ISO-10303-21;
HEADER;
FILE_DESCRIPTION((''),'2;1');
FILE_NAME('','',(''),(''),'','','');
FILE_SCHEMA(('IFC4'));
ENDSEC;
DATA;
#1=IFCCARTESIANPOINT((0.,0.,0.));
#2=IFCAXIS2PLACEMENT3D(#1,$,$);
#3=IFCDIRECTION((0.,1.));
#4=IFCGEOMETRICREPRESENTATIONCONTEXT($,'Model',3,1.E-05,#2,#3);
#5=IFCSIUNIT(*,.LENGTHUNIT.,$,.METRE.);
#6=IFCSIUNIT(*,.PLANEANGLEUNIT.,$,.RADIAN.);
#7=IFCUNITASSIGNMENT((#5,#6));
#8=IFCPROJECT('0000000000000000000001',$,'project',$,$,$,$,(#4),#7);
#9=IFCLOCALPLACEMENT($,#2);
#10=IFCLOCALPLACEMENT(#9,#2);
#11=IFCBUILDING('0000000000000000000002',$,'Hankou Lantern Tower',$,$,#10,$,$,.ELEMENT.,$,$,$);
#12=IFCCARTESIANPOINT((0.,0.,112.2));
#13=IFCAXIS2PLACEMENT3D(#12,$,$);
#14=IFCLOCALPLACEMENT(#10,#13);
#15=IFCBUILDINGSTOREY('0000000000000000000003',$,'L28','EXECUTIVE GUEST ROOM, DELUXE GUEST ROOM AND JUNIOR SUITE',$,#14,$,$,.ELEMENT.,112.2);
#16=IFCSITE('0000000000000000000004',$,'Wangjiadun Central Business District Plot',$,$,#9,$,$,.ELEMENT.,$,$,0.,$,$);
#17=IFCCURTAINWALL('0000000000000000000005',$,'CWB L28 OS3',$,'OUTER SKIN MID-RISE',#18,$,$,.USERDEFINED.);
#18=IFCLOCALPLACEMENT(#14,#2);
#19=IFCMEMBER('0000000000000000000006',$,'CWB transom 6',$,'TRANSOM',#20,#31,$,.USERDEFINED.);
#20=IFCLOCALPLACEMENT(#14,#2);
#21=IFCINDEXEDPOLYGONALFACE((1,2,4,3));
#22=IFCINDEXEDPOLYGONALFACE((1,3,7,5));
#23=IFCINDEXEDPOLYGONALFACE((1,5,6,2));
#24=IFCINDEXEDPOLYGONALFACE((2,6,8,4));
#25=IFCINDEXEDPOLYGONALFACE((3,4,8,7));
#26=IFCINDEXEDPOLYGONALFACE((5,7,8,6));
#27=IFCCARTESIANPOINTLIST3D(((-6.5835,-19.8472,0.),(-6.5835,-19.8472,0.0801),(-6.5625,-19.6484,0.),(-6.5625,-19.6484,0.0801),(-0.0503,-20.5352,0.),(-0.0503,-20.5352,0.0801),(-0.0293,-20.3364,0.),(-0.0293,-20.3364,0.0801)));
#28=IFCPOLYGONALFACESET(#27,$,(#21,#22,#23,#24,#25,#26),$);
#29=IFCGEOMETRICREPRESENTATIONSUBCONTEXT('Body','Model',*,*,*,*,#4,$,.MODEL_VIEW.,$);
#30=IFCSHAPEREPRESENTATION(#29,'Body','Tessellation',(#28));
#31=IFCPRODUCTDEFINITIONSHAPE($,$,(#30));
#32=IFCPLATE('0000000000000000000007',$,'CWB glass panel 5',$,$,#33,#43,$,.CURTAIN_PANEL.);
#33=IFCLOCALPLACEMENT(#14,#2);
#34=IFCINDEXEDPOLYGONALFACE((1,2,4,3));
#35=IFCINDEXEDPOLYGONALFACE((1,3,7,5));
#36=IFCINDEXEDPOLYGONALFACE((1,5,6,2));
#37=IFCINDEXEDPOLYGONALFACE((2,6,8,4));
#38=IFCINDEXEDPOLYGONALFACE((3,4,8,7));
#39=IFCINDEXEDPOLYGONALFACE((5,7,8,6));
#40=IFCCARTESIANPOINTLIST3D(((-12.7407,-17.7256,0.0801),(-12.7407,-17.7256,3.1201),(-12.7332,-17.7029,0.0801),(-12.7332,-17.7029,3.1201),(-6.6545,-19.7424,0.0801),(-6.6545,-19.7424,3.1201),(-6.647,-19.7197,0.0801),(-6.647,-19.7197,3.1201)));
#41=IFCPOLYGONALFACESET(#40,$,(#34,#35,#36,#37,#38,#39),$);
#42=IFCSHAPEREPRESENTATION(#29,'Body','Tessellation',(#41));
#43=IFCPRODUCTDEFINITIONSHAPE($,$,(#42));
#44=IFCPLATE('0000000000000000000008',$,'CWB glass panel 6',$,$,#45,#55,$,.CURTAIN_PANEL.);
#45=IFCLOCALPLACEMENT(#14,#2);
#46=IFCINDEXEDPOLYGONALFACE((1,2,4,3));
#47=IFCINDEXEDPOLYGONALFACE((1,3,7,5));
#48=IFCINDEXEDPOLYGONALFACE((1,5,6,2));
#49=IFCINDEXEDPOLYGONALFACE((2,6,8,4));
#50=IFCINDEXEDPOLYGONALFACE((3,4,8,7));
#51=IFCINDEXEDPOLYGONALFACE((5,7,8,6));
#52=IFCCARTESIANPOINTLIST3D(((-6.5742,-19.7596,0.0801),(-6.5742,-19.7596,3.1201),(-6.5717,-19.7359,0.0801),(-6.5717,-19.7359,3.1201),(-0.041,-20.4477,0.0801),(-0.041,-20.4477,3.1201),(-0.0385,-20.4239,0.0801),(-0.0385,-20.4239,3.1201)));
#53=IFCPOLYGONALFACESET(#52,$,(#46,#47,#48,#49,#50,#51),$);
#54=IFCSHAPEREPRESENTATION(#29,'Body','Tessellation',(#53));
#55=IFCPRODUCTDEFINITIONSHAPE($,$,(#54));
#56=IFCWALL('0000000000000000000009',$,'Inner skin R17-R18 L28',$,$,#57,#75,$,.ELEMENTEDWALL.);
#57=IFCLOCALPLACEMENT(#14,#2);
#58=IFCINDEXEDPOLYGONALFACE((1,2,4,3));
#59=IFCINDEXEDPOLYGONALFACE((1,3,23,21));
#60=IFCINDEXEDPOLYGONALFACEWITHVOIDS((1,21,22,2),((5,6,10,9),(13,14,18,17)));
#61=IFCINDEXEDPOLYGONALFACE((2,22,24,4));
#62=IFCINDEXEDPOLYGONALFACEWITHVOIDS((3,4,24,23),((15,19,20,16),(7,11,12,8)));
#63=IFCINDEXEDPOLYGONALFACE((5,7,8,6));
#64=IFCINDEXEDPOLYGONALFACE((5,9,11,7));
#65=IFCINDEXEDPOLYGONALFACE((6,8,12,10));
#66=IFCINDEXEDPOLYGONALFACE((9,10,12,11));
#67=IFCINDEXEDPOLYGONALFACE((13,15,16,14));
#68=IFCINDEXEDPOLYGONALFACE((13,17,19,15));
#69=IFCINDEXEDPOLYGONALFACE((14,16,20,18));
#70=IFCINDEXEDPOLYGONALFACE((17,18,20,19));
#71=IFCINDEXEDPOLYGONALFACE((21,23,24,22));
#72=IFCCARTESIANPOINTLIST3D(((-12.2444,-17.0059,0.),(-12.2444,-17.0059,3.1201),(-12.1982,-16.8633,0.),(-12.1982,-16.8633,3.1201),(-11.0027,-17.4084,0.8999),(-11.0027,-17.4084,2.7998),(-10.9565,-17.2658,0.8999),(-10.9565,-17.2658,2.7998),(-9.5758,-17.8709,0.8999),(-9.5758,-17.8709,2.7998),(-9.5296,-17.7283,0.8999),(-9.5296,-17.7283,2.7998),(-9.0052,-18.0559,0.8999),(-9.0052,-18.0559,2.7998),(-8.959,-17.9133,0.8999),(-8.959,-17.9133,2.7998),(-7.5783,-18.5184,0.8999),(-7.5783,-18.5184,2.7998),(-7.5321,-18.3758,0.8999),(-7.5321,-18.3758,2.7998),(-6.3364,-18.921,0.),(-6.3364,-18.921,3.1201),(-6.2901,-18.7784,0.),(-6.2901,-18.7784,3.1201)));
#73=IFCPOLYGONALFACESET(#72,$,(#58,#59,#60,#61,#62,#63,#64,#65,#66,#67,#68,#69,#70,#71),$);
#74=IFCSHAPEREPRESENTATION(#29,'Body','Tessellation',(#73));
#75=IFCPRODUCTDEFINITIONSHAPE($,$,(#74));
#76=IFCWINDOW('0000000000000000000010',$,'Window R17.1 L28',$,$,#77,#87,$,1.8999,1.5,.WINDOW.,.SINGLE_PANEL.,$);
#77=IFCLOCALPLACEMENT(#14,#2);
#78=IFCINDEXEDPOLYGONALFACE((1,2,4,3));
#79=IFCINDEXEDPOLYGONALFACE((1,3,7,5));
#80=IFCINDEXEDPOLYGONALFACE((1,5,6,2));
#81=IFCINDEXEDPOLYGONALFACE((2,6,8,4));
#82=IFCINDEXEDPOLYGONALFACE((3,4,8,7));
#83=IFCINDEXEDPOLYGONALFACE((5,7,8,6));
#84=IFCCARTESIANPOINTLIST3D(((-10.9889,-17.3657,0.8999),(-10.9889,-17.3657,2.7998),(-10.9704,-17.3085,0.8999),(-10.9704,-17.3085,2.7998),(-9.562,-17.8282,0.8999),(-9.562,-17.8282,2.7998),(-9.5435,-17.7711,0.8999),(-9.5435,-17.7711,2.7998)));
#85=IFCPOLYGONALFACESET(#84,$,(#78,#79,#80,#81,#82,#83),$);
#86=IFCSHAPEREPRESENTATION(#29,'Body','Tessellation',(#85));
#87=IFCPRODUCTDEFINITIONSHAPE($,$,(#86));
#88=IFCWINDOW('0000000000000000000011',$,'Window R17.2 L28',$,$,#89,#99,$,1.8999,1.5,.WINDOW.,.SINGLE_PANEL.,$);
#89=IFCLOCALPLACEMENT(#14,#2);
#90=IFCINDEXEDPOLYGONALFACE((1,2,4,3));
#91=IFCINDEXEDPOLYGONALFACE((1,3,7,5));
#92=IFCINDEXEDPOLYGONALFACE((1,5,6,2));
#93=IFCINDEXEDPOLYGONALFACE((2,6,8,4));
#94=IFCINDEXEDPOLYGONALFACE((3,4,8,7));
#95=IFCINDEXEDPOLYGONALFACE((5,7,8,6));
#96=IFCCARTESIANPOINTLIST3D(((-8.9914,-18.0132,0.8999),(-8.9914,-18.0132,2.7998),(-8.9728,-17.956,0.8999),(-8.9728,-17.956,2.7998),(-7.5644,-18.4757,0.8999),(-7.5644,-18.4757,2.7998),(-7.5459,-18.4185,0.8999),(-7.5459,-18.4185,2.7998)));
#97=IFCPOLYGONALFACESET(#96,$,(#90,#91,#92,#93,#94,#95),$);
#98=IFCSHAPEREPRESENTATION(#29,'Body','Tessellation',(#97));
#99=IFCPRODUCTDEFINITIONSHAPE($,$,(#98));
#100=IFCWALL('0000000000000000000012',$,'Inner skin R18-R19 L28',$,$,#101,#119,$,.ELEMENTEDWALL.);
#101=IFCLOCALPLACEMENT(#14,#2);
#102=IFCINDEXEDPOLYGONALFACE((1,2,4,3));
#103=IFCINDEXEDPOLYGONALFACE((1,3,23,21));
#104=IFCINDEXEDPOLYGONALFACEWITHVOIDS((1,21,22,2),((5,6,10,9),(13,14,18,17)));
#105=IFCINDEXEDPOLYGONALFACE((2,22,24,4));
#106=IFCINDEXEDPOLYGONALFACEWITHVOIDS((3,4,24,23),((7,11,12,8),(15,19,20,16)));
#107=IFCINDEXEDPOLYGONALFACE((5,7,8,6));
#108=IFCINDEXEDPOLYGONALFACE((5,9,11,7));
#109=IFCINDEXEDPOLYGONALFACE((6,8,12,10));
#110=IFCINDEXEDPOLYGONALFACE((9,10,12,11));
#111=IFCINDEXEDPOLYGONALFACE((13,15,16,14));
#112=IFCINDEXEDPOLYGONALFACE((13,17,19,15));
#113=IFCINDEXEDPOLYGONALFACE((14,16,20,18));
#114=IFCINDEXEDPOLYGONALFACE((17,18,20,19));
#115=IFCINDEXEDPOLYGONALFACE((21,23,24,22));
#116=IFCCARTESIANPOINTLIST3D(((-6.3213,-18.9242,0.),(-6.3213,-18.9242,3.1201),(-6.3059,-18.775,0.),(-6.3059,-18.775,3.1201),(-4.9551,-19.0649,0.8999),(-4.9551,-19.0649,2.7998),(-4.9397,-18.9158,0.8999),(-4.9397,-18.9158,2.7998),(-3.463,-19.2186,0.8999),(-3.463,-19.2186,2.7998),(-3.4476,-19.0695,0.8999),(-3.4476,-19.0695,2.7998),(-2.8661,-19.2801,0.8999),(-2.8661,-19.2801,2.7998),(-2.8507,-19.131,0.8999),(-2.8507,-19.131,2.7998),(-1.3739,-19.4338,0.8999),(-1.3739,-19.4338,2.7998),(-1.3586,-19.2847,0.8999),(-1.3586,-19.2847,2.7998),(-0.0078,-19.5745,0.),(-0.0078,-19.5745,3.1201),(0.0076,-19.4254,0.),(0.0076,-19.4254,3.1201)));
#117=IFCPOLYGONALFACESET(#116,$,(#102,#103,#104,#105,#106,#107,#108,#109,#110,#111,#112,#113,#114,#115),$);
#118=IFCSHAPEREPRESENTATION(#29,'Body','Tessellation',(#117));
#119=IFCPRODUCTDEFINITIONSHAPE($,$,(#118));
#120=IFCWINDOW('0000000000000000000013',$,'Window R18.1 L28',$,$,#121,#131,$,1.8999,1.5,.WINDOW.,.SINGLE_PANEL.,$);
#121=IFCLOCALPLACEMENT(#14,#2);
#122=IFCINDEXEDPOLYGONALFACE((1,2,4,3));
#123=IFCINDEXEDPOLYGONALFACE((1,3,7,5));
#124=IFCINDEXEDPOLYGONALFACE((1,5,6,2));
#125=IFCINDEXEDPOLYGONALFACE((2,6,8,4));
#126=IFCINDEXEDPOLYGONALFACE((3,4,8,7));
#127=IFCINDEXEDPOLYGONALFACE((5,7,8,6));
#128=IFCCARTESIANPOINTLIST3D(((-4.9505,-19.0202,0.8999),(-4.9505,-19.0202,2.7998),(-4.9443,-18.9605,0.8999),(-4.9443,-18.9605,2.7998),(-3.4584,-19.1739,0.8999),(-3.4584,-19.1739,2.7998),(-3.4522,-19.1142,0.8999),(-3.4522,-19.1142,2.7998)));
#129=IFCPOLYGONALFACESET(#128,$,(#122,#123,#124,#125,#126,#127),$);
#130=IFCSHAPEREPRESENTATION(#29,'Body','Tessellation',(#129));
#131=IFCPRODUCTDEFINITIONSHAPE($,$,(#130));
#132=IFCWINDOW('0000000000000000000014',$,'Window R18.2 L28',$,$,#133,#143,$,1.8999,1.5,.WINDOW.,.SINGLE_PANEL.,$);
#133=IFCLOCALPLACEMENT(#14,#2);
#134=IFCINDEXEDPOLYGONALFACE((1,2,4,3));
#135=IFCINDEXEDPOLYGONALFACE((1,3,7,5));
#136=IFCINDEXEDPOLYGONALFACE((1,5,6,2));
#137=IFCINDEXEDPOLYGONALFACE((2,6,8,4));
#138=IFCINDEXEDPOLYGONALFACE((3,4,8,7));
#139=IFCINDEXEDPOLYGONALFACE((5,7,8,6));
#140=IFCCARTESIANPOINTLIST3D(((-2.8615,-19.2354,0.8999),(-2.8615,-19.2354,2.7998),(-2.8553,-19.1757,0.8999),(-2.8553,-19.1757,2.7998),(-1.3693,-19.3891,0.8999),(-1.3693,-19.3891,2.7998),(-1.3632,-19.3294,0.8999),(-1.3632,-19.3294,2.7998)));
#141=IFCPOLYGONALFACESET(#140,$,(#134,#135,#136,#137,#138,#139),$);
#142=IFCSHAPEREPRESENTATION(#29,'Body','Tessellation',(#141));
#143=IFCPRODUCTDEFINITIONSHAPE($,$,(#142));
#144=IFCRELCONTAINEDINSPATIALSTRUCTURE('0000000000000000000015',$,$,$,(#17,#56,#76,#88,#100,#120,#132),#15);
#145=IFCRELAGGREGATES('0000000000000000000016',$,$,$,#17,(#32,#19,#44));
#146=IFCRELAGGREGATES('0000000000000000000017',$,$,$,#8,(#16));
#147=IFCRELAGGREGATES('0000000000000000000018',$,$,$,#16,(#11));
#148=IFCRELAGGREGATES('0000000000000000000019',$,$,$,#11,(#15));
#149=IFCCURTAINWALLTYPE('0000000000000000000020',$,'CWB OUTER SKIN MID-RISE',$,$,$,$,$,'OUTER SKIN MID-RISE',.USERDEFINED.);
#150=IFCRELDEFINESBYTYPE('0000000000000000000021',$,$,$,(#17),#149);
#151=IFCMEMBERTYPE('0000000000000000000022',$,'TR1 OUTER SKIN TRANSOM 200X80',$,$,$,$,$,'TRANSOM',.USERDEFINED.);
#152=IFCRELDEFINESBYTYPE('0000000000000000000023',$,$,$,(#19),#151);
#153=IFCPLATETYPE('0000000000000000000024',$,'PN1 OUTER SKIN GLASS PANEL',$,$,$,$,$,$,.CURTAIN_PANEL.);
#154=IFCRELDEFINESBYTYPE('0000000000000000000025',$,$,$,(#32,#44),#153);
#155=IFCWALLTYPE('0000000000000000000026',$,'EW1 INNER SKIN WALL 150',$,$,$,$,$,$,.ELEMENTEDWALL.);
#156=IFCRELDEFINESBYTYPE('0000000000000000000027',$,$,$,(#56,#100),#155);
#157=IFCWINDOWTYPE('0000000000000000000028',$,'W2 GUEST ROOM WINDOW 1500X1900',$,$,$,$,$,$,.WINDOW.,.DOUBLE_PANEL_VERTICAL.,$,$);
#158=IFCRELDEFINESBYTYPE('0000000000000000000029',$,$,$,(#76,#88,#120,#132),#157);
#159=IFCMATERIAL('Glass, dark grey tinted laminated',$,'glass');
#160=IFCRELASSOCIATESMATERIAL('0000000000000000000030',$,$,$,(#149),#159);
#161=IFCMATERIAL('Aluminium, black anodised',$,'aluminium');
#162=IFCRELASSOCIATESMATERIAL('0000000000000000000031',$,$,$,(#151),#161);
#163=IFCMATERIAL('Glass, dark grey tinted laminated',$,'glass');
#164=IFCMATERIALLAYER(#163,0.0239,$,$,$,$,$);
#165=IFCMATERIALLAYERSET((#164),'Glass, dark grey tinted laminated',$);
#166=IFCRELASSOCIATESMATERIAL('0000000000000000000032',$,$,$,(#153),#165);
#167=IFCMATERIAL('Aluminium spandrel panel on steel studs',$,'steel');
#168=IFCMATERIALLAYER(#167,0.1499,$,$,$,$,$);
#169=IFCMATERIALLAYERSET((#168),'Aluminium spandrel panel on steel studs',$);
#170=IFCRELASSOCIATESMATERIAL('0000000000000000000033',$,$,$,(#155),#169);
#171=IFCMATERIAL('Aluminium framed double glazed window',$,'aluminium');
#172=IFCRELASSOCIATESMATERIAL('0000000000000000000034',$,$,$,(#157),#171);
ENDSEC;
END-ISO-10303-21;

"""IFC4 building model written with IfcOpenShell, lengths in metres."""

from ifc_helpers import new_model, si_unit, direction, frame, frame_2d, origin, origin_2d, place, context, subcontext, project, spatial, rectangle, extrude, material, layer, layer_set, material_profile, profile_set, type_object, element, fill, aggregate, save


model = new_model("IFC4")

# Units and contexts
model_context = context("Model", 3, precision=1e-05, world=origin(), true_north=direction((0.0, 1.0)))
body_context = subcontext(model_context, "Body", "Model", "MODEL_VIEW")
ifc_project = project(units=[si_unit("LENGTHUNIT", "METRE"), si_unit("PLANEANGLEUNIT", "RADIAN")], contexts=[model_context])

# Site, building, storey
site_placement = place(None, origin())
site = spatial("IfcSite", under=ifc_project, at=site_placement, Name="Wangjiadun Central Business District Plot", CompositionType="ELEMENT", RefElevation=0.0)
building_placement = place(site_placement, origin())
building = spatial("IfcBuilding", under=site, at=building_placement, Name="Hankou Lantern Tower", CompositionType="ELEMENT")
storey_placement = place(building_placement, frame((0.0, 0.0, 112.2)))
storey = spatial("IfcBuildingStorey", under=building, at=storey_placement, Name="L28", Description="EXECUTIVE GUEST ROOM, DELUXE GUEST ROOM AND JUNIOR SUITE", CompositionType="ELEMENT", Elevation=112.2)

# Curtain wall
ifc_material_1 = material(Name="Glass, dark grey tinted laminated", Category="glass")
curtain_wall_type = type_object("IfcCurtainWallType", Name="CWB OUTER SKIN MID-RISE", ElementType="OUTER SKIN MID-RISE", PredefinedType="USERDEFINED", material=ifc_material_1)
curtain_wall_placement = place(storey_placement, origin())
curtain_wall = element("IfcCurtainWall", 1, at=curtain_wall_placement, inside=storey, type_object=curtain_wall_type, Name="CWB L28 OS3", ObjectType="OUTER SKIN MID-RISE", PredefinedType="USERDEFINED")

# Member
ifc_material_2 = material(Name="Aluminium, black anodised", Category="aluminium")
ifc_material_profile_1 = material_profile(ifc_material_2, rectangle(XDim=0.2, YDim=0.0801, at=origin_2d()), Name="TR1 200X80")
ifc_profile_set_1 = profile_set([ifc_material_profile_1], Name="Aluminium, black anodised")
member_type_1 = type_object("IfcMemberType", Name="TR1 OUTER SKIN TRANSOM 200X80", ElementType="TRANSOM", PredefinedType="USERDEFINED", material=ifc_profile_set_1)
member_1_placement = place(storey_placement, frame((-6.573, -19.7478, 0.04), z_axis=(0.994501, -0.104727, 0.0), x_axis=(0.104727, 0.994501, 0.0)))
member_1 = element("IfcMember", 2, at=member_1_placement, type_object=member_type_1, Name="CWB transom 6", ObjectType="TRANSOM", PredefinedType="USERDEFINED", context=body_context, shape_type="SweptSolid", body=[
    extrude(rectangle(XDim=0.2, YDim=0.0801, at=origin_2d()), origin(), (0.0, 0.0, 1.0), 6.5693),
])

# Plates
ifc_material_3 = material(Name="Glass, dark grey tinted laminated", Category="glass")
ifc_layer_1 = layer(ifc_material_3, 0.0239)
ifc_layer_set_1 = layer_set([ifc_layer_1], Name="Glass, dark grey tinted laminated")
plate_type = type_object("IfcPlateType", Name="PN1 OUTER SKIN GLASS PANEL", PredefinedType="CURTAIN_PANEL", material=ifc_layer_set_1)
plate_1_placement = place(storey_placement, frame((-9.6938, -18.7227, 0.0801), z_axis=(0.0, 0.0, 1.0), x_axis=(0.949241, -0.314551, 0.0)))
plate_1 = element("IfcPlate", 3, at=plate_1_placement, type_object=plate_type, Name="CWB glass panel 5", PredefinedType="CURTAIN_PANEL", context=body_context, shape_type="SweptSolid", body=[
    extrude(rectangle(XDim=6.4116, YDim=0.0239, at=origin_2d()), origin(), (0.0, 0.0, 1.0), 3.04),
])
plate_2_placement = place(storey_placement, frame((-3.3064, -20.0918, 0.0801), z_axis=(0.0, 0.0, 1.0), x_axis=(0.994499, -0.104743, 0.0)))
plate_2 = element("IfcPlate", 4, at=plate_2_placement, type_object=plate_type, Name="CWB glass panel 6", PredefinedType="CURTAIN_PANEL", context=body_context, shape_type="SweptSolid", body=[
    extrude(rectangle(XDim=6.5693, YDim=0.0239, at=origin_2d()), origin(), (0.0, 0.0, 1.0), 3.04),
])
aggregate(curtain_wall, [plate_1, member_1, plate_2])

# Walls, openings, windows
ifc_material_4 = material(Name="Aluminium spandrel panel on steel studs", Category="steel")
ifc_layer_2 = layer(ifc_material_4, 0.1499)
ifc_layer_set_2 = layer_set([ifc_layer_2], Name="Aluminium spandrel panel on steel studs")
wall_type_1 = type_object("IfcWallType", Name="EW1 INNER SKIN WALL 150", PredefinedType="ELEMENTEDWALL", material=ifc_layer_set_2)
wall_1_placement = place(storey_placement, frame((-12.2214, -16.9346, 0.0), z_axis=(0.0, 0.0, 1.0), x_axis=(0.951273, -0.308351, 0.0)))
wall_1 = element("IfcWall", 5, at=wall_1_placement, inside=storey, type_object=wall_type_1, Name="Inner skin R17-R18 L28", PredefinedType="ELEMENTEDWALL", context=body_context, shape_type="SweptSolid", body=[
    extrude(rectangle(XDim=6.2107, YDim=0.1499, at=frame_2d((3.1055, 0.0))), origin(), (0.0, 0.0, 1.0), 3.1201),
])
opening_1_placement = place(wall_1_placement, frame((1.3054, 0.0, 0.8999)))
opening_1 = element("IfcOpeningElement", 6, at=opening_1_placement, cuts=wall_1, PredefinedType="OPENING", context=body_context, shape_type="SweptSolid", body=[
    extrude(rectangle(XDim=1.5, YDim=1.8999, at=frame_2d((0.75, 0.95))), frame((0.0, 0.085, 0.0), z_axis=(0.0, -1.0, 0.0), x_axis=(1.0, 0.0, 0.0)), (0.0, 0.0, 1.0), 0.1699),
])
opening_2_placement = place(wall_1_placement, frame((3.4053, 0.0, 0.8999)))
opening_2 = element("IfcOpeningElement", 7, at=opening_2_placement, cuts=wall_1, PredefinedType="OPENING", context=body_context, shape_type="SweptSolid", body=[
    extrude(rectangle(XDim=1.5, YDim=1.8999, at=frame_2d((0.75, 0.95))), frame((0.0, 0.085, 0.0), z_axis=(0.0, -1.0, 0.0), x_axis=(1.0, 0.0, 0.0)), (0.0, 0.0, 1.0), 0.1699),
])
ifc_material_5 = material(Name="Aluminium framed double glazed window", Category="aluminium")
window_type = type_object("IfcWindowType", Name="W2 GUEST ROOM WINDOW 1500X1900", PartitioningType="DOUBLE_PANEL_VERTICAL", PredefinedType="WINDOW", material=ifc_material_5)
window_1_placement = place(opening_1_placement, origin())
window_1 = element("IfcWindow", 8, at=window_1_placement, inside=storey, type_object=window_type, Name="Window R17.1 L28", OverallHeight=1.8999, OverallWidth=1.5, PartitioningType="SINGLE_PANEL", PredefinedType="WINDOW", context=body_context, shape_type="SweptSolid", body=[
    extrude(rectangle(XDim=1.5, YDim=1.8999, at=frame_2d((0.75, 0.95))), frame((0.0, 0.03, 0.0), z_axis=(0.0, -1.0, 0.0), x_axis=(1.0, 0.0, 0.0)), (0.0, 0.0, 1.0), 0.0601),
])
fill(opening_1, window_1)
window_2_placement = place(opening_2_placement, origin())
window_2 = element("IfcWindow", 9, at=window_2_placement, inside=storey, type_object=window_type, Name="Window R17.2 L28", OverallHeight=1.8999, OverallWidth=1.5, PartitioningType="SINGLE_PANEL", PredefinedType="WINDOW", context=body_context, shape_type="SweptSolid", body=[
    extrude(rectangle(XDim=1.5, YDim=1.8999, at=frame_2d((0.75, 0.95))), frame((0.0, 0.03, 0.0), z_axis=(0.0, -1.0, 0.0), x_axis=(1.0, 0.0, 0.0)), (0.0, 0.0, 1.0), 0.0601),
])
fill(opening_2, window_2)
wall_2_placement = place(storey_placement, frame((-6.3135, -18.8496, 0.0), z_axis=(0.0, 0.0, 1.0), x_axis=(0.994736, -0.102474, 0.0)))
wall_2 = element("IfcWall", 10, at=wall_2_placement, inside=storey, type_object=wall_type_1, Name="Inner skin R18-R19 L28", PredefinedType="ELEMENTEDWALL", context=body_context, shape_type="SweptSolid", body=[
    extrude(rectangle(XDim=6.3469, YDim=0.1499, at=frame_2d((3.1733, 0.0))), origin(), (0.0, 0.0, 1.0), 3.1201),
])
opening_3_placement = place(wall_2_placement, frame((1.3733, 0.0, 0.8999)))
opening_3 = element("IfcOpeningElement", 11, at=opening_3_placement, cuts=wall_2, PredefinedType="OPENING", context=body_context, shape_type="SweptSolid", body=[
    extrude(rectangle(XDim=1.5, YDim=1.8999, at=frame_2d((0.75, 0.95))), frame((0.0, 0.085, 0.0), z_axis=(0.0, -1.0, 0.0), x_axis=(1.0, 0.0, 0.0)), (0.0, 0.0, 1.0), 0.1699),
])
opening_4_placement = place(wall_2_placement, frame((3.4734, 0.0, 0.8999)))
opening_4 = element("IfcOpeningElement", 12, at=opening_4_placement, cuts=wall_2, PredefinedType="OPENING", context=body_context, shape_type="SweptSolid", body=[
    extrude(rectangle(XDim=1.5, YDim=1.8999, at=frame_2d((0.75, 0.95))), frame((0.0, 0.085, 0.0), z_axis=(0.0, -1.0, 0.0), x_axis=(1.0, 0.0, 0.0)), (0.0, 0.0, 1.0), 0.1699),
])
window_3_placement = place(opening_3_placement, origin())
window_3 = element("IfcWindow", 13, at=window_3_placement, inside=storey, type_object=window_type, Name="Window R18.1 L28", OverallHeight=1.8999, OverallWidth=1.5, PartitioningType="SINGLE_PANEL", PredefinedType="WINDOW", context=body_context, shape_type="SweptSolid", body=[
    extrude(rectangle(XDim=1.5, YDim=1.8999, at=frame_2d((0.75, 0.95))), frame((0.0, 0.03, 0.0), z_axis=(0.0, -1.0, 0.0), x_axis=(1.0, 0.0, 0.0)), (0.0, 0.0, 1.0), 0.0601),
])
fill(opening_3, window_3)
window_4_placement = place(opening_4_placement, origin())
window_4 = element("IfcWindow", 14, at=window_4_placement, inside=storey, type_object=window_type, Name="Window R18.2 L28", OverallHeight=1.8999, OverallWidth=1.5, PartitioningType="SINGLE_PANEL", PredefinedType="WINDOW", context=body_context, shape_type="SweptSolid", body=[
    extrude(rectangle(XDim=1.5, YDim=1.8999, at=frame_2d((0.75, 0.95))), frame((0.0, 0.03, 0.0), z_axis=(0.0, -1.0, 0.0), x_axis=(1.0, 0.0, 0.0)), (0.0, 0.0, 1.0), 0.0601),
])
fill(opening_4, window_4)

save(model, "model.ifc")
